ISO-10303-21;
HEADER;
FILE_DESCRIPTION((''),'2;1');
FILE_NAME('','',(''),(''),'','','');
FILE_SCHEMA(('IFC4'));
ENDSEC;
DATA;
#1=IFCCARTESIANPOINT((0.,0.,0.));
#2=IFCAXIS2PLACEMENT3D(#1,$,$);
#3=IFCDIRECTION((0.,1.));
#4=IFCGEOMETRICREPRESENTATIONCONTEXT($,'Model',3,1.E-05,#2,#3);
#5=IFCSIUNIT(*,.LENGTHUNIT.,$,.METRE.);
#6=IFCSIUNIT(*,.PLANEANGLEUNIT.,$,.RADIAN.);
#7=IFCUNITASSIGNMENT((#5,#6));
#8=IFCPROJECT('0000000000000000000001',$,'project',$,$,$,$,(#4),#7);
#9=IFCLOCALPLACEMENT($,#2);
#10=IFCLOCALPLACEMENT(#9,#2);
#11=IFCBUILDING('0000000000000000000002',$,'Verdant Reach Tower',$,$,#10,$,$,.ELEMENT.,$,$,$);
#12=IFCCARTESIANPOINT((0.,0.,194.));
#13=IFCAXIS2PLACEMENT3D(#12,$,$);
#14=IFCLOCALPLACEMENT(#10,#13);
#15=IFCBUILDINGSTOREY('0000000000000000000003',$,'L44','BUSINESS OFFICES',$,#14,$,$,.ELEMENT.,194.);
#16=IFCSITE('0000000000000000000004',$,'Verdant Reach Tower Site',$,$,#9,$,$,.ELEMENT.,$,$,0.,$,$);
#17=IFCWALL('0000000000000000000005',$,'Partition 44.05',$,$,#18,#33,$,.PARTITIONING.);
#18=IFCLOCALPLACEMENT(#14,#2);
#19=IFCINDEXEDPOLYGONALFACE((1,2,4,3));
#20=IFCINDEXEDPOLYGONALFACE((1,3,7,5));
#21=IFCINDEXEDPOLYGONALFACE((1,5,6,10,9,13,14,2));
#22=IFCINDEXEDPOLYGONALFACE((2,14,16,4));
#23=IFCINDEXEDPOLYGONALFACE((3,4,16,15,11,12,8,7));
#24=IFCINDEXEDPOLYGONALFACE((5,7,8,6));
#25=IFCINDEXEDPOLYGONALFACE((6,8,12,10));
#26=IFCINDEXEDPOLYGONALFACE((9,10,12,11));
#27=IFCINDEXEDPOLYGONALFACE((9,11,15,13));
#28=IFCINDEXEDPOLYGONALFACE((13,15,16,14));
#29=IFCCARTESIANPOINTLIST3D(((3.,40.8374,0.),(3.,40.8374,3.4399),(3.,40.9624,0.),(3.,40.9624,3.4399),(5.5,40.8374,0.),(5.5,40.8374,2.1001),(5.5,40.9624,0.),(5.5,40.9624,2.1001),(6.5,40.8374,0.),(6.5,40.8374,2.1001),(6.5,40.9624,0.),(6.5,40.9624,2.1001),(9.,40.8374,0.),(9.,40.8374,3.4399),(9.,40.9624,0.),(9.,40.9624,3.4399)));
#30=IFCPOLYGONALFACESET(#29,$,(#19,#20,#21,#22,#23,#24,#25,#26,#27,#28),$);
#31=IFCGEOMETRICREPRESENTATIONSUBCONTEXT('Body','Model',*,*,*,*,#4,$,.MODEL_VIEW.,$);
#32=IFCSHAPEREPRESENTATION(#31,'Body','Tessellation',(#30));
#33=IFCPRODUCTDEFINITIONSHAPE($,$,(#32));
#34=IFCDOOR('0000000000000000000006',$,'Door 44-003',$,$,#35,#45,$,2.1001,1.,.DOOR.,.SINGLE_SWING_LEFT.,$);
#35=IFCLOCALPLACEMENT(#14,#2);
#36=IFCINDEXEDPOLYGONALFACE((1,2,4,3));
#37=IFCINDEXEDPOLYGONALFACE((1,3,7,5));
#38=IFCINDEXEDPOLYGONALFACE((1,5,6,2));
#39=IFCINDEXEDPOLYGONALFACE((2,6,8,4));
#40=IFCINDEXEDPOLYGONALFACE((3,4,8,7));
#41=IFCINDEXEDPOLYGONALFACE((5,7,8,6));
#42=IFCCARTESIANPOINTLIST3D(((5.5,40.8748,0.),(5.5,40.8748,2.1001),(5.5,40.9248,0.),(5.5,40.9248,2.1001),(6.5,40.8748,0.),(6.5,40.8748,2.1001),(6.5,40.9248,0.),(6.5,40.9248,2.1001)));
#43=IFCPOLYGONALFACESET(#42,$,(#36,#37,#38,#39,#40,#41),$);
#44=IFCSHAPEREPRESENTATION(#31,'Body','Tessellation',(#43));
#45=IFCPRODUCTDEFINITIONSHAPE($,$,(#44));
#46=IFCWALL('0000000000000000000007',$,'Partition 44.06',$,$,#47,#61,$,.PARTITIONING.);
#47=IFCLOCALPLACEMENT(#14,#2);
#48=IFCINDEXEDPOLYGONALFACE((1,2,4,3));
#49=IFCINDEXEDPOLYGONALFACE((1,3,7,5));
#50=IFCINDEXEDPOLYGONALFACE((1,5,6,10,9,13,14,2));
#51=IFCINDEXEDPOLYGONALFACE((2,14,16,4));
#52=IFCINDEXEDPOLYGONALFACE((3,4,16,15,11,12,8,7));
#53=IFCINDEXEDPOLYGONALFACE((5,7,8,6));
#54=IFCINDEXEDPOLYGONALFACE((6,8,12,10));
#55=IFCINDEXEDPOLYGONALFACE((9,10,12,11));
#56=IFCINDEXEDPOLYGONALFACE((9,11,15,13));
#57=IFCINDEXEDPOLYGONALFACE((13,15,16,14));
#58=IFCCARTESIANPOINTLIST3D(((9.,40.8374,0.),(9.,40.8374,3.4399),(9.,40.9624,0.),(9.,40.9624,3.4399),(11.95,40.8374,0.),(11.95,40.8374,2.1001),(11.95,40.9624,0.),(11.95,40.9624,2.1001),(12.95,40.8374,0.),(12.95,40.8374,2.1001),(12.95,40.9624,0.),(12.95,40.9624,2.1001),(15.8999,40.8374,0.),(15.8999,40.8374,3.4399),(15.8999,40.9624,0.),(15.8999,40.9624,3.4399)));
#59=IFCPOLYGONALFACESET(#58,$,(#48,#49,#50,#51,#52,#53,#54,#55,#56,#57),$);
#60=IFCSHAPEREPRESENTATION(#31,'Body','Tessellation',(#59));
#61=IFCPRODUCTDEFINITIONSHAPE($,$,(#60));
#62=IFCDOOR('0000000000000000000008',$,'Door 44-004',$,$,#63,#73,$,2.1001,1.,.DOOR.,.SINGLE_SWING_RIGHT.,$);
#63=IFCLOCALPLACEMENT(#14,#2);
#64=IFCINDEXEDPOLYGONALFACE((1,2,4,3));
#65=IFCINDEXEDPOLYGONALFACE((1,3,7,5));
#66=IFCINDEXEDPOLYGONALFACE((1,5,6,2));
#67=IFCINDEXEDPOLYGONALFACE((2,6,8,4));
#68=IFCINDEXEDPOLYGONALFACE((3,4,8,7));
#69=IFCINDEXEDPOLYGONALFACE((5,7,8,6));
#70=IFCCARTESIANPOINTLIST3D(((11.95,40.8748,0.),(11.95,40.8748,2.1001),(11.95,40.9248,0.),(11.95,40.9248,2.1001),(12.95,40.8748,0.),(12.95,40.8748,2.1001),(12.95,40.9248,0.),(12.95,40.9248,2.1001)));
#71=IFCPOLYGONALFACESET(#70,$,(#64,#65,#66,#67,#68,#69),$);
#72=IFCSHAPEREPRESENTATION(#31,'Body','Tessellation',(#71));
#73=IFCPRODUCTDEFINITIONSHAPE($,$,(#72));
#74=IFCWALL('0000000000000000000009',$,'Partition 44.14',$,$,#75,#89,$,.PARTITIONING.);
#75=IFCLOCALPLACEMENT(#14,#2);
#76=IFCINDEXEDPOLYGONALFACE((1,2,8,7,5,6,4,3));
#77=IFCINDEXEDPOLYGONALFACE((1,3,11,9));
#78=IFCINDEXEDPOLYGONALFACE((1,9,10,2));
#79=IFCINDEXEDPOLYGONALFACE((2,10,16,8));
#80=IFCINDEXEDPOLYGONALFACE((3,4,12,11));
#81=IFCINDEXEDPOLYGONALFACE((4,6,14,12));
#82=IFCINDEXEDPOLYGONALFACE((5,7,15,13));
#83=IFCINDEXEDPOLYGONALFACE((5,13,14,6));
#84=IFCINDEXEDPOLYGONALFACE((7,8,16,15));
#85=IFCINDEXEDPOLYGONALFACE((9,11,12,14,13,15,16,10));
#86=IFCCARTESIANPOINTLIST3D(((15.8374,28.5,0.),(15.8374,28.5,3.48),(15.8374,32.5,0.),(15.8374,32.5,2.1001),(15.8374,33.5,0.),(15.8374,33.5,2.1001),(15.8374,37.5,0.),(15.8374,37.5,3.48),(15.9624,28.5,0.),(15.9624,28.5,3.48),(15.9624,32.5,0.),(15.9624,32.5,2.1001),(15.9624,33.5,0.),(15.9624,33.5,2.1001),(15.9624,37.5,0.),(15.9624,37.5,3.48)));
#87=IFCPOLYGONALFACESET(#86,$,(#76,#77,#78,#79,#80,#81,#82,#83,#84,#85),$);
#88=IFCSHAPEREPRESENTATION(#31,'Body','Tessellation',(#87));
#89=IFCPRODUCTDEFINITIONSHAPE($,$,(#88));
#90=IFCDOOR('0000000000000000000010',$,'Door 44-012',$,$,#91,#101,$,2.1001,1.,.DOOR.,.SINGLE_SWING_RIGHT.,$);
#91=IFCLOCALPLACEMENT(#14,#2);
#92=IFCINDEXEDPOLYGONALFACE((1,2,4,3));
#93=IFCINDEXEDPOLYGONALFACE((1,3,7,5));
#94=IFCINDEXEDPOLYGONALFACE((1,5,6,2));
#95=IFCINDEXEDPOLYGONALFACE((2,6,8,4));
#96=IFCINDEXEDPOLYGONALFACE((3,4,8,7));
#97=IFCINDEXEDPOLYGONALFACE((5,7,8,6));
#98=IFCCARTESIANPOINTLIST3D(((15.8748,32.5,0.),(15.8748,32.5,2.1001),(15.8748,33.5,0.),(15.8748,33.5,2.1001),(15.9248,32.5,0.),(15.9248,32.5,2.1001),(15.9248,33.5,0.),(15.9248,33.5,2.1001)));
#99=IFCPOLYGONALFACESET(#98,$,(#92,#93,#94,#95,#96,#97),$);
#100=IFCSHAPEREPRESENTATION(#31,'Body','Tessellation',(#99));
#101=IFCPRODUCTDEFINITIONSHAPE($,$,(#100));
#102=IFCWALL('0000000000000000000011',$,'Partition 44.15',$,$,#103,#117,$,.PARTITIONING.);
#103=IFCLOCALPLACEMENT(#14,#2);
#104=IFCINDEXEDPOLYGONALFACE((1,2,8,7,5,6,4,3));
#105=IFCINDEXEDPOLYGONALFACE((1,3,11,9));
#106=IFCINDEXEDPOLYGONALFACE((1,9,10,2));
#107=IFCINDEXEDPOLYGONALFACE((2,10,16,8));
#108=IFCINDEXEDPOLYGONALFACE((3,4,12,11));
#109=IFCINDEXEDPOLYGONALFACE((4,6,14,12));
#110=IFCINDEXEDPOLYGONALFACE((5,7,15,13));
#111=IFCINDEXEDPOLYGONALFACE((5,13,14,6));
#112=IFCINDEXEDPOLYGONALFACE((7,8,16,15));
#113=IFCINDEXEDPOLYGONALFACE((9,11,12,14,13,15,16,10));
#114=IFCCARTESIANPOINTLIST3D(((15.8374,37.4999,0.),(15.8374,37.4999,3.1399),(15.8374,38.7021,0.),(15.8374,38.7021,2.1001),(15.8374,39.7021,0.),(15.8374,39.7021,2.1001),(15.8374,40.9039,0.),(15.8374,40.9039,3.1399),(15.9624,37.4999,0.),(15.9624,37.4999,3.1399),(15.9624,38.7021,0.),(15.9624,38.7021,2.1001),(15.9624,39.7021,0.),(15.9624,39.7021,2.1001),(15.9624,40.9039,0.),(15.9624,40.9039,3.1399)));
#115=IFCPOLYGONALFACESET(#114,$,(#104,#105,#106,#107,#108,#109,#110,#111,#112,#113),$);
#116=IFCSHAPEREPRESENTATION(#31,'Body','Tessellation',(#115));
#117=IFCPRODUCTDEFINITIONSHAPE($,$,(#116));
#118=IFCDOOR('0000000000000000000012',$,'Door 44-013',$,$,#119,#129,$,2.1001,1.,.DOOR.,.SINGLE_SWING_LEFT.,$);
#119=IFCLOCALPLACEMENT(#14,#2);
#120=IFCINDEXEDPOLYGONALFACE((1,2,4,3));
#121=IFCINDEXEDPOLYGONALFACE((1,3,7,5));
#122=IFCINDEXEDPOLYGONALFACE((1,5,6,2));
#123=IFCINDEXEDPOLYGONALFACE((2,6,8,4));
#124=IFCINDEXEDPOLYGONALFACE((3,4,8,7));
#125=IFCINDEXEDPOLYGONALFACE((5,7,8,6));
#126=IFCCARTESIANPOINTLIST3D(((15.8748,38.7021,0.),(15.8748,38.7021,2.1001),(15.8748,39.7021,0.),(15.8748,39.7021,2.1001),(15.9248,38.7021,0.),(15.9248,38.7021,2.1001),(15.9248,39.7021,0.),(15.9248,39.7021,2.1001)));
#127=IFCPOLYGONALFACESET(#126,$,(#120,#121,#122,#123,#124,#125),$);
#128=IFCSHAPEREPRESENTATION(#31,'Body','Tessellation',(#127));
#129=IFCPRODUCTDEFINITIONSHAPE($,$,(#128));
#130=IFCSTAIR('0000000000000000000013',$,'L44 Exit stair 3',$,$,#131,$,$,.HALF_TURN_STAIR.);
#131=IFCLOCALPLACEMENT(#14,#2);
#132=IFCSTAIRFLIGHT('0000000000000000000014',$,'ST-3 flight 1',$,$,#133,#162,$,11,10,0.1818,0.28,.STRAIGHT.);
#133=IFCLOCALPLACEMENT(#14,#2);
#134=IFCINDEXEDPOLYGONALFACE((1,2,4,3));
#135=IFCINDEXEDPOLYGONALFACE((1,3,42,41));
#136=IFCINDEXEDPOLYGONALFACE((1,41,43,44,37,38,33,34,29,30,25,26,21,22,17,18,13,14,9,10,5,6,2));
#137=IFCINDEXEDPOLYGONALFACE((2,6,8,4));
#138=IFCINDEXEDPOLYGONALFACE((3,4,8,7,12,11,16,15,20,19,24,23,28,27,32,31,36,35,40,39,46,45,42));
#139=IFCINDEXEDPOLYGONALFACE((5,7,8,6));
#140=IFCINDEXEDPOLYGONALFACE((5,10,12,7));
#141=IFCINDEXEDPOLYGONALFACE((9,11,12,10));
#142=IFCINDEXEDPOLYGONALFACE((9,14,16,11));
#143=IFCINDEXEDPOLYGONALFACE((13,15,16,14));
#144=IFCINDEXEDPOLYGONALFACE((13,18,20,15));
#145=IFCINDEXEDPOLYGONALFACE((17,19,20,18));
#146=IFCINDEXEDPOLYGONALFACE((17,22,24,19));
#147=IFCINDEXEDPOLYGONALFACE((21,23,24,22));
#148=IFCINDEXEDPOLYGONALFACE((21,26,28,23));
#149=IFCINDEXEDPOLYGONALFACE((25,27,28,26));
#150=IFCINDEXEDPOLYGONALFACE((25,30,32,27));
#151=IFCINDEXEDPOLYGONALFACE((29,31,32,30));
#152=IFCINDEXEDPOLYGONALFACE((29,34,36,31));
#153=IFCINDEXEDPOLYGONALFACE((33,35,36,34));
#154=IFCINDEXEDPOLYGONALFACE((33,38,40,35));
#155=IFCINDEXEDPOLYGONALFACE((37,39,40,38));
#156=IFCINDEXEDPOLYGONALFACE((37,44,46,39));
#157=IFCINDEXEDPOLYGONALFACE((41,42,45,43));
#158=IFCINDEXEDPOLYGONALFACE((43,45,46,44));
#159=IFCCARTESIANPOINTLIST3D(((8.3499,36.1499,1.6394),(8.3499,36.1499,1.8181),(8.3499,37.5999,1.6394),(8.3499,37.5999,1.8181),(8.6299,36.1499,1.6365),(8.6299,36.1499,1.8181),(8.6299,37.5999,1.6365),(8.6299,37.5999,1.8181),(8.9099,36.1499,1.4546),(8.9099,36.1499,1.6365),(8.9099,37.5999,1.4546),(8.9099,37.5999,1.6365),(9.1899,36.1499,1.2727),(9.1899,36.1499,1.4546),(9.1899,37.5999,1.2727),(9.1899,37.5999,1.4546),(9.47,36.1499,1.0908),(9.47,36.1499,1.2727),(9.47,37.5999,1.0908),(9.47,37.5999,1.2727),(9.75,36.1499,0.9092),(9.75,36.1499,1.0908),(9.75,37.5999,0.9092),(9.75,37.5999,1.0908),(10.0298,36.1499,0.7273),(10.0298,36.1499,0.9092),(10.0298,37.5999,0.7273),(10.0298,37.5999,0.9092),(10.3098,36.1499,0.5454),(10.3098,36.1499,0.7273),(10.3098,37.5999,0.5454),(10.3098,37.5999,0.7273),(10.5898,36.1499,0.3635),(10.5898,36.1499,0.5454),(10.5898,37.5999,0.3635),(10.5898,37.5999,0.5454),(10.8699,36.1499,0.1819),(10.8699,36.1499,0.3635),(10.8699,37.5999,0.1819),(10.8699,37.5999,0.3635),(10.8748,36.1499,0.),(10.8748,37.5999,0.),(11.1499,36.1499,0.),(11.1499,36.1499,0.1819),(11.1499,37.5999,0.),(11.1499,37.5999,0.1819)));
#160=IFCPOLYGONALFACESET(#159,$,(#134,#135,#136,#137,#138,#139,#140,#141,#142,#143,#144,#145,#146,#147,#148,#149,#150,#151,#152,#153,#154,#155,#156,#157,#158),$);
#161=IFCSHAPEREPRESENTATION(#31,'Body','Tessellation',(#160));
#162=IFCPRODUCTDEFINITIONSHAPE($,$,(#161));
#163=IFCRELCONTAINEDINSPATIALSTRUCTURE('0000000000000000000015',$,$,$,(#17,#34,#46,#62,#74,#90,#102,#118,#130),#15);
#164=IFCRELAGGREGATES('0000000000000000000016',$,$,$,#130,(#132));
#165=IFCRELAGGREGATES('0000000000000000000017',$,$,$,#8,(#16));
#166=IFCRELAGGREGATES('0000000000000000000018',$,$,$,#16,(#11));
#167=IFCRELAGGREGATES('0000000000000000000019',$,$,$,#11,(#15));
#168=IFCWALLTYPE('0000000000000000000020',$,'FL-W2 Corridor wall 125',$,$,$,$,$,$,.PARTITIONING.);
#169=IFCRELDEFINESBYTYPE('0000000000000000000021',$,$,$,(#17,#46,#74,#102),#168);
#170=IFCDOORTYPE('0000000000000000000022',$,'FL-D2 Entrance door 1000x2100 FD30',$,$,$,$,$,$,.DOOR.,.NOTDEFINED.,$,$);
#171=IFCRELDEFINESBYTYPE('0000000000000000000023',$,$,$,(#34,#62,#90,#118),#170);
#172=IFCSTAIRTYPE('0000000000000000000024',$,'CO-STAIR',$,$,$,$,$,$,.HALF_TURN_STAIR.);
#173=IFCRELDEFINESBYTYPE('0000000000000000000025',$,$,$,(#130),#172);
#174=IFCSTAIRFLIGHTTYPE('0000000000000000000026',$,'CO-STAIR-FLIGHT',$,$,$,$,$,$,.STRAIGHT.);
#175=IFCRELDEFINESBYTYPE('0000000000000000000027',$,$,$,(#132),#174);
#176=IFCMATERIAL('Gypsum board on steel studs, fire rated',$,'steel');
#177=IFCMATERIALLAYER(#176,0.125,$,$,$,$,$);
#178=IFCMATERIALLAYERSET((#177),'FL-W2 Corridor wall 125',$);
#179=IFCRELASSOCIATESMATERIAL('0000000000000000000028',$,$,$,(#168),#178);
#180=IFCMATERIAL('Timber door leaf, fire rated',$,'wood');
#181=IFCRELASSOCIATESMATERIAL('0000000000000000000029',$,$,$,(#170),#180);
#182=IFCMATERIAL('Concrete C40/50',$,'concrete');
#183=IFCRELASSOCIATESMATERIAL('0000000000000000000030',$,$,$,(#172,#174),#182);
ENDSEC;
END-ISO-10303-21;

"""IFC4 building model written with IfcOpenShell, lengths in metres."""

from ifc_helpers import new_model, si_unit, direction, frame, frame_2d, origin, place, context, subcontext, project, spatial, polyline, rectangle, outline, extrude, material, layer, layer_set, type_object, element, fill, aggregate, save


model = new_model("IFC4")

# Units and contexts
model_context = context("Model", 3, precision=1e-05, world=origin(), true_north=direction((0.0, 1.0)))
body_context = subcontext(model_context, "Body", "Model", "MODEL_VIEW")
ifc_project = project(units=[si_unit("LENGTHUNIT", "METRE"), si_unit("PLANEANGLEUNIT", "RADIAN")], contexts=[model_context])

# Site, building, storey
site_placement = place(None, origin())
site = spatial("IfcSite", under=ifc_project, at=site_placement, Name="Verdant Reach Tower Site", CompositionType="ELEMENT", RefElevation=0.0)
building_placement = place(site_placement, origin())
building = spatial("IfcBuilding", under=site, at=building_placement, Name="Verdant Reach Tower", CompositionType="ELEMENT")
storey_placement = place(building_placement, frame((0.0, 0.0, 194.0)))
storey = spatial("IfcBuildingStorey", under=building, at=storey_placement, Name="L44", Description="BUSINESS OFFICES", CompositionType="ELEMENT", Elevation=194.0)

# Walls, openings, doors
ifc_material_1 = material(Name="Gypsum board on steel studs, fire rated", Category="steel")
ifc_layer_1 = layer(ifc_material_1, 0.125)
ifc_layer_set_1 = layer_set([ifc_layer_1], Name="FL-W2 Corridor wall 125")
wall_type_1 = type_object("IfcWallType", Name="FL-W2 Corridor wall 125", PredefinedType="PARTITIONING", material=ifc_layer_set_1)
wall_1_placement = place(storey_placement, frame((3.0, 40.8999, 0.0), z_axis=(0.0, 0.0, 1.0), x_axis=(1.0, 0.0, 0.0)))
wall_1 = element("IfcWall", 1, at=wall_1_placement, inside=storey, type_object=wall_type_1, Name="Partition 44.05", PredefinedType="PARTITIONING", context=body_context, shape_type="SweptSolid", body=[
    extrude(rectangle(XDim=6.0, YDim=0.125, at=frame_2d((3.0, 0.0))), origin(), (0.0, 0.0, 1.0), 3.4399),
])
opening_1_placement = place(wall_1_placement, frame((2.5, 0.0, 0.0)))
opening_1 = element("IfcOpeningElement", 2, at=opening_1_placement, cuts=wall_1, PredefinedType="OPENING", context=body_context, shape_type="SweptSolid", body=[
    extrude(rectangle(XDim=1.0, YDim=2.1001, at=frame_2d((0.5, 1.05))), frame((0.0, 0.0725, 0.0), z_axis=(0.0, -1.0, 0.0), x_axis=(1.0, 0.0, 0.0)), (0.0, 0.0, 1.0), 0.145),
])
ifc_material_2 = material(Name="Timber door leaf, fire rated", Category="wood")
door_type = type_object("IfcDoorType", Name="FL-D2 Entrance door 1000x2100 FD30", OperationType="NOTDEFINED", PredefinedType="DOOR", material=ifc_material_2)
door_1_placement = place(opening_1_placement, origin())
door_1 = element("IfcDoor", 3, at=door_1_placement, inside=storey, type_object=door_type, Name="Door 44-003", OperationType="SINGLE_SWING_LEFT", OverallHeight=2.1001, OverallWidth=1.0, PredefinedType="DOOR", context=body_context, shape_type="SweptSolid", body=[
    extrude(rectangle(XDim=1.0, YDim=2.1001, at=frame_2d((0.5, 1.05))), frame((0.0, 0.0249, 0.0), z_axis=(0.0, -1.0, 0.0), x_axis=(1.0, 0.0, 0.0)), (0.0, 0.0, 1.0), 0.05),
])
fill(opening_1, door_1)
wall_2_placement = place(storey_placement, frame((9.0, 40.8999, 0.0), z_axis=(0.0, 0.0, 1.0), x_axis=(1.0, 0.0, 0.0)))
wall_2 = element("IfcWall", 4, at=wall_2_placement, inside=storey, type_object=wall_type_1, Name="Partition 44.06", PredefinedType="PARTITIONING", context=body_context, shape_type="SweptSolid", body=[
    extrude(rectangle(XDim=6.8999, YDim=0.125, at=frame_2d((3.45, 0.0))), origin(), (0.0, 0.0, 1.0), 3.4399),
])
opening_2_placement = place(wall_2_placement, frame((2.95, 0.0, 0.0)))
opening_2 = element("IfcOpeningElement", 5, at=opening_2_placement, cuts=wall_2, PredefinedType="OPENING", context=body_context, shape_type="SweptSolid", body=[
    extrude(rectangle(XDim=1.0, YDim=2.1001, at=frame_2d((0.5, 1.05))), frame((0.0, 0.0725, 0.0), z_axis=(0.0, -1.0, 0.0), x_axis=(1.0, 0.0, 0.0)), (0.0, 0.0, 1.0), 0.145),
])
door_2_placement = place(opening_2_placement, origin())
door_2 = element("IfcDoor", 6, at=door_2_placement, inside=storey, type_object=door_type, Name="Door 44-004", OperationType="SINGLE_SWING_RIGHT", OverallHeight=2.1001, OverallWidth=1.0, PredefinedType="DOOR", context=body_context, shape_type="SweptSolid", body=[
    extrude(rectangle(XDim=1.0, YDim=2.1001, at=frame_2d((0.5, 1.05))), frame((0.0, 0.0249, 0.0), z_axis=(0.0, -1.0, 0.0), x_axis=(1.0, 0.0, 0.0)), (0.0, 0.0, 1.0), 0.05),
])
fill(opening_2, door_2)
wall_3_placement = place(storey_placement, frame((15.8999, 37.5, 0.0), z_axis=(0.0, 0.0, 1.0), x_axis=(0.0, -1.0, 0.0)))
wall_3 = element("IfcWall", 7, at=wall_3_placement, inside=storey, type_object=wall_type_1, Name="Partition 44.14", PredefinedType="PARTITIONING", context=body_context, shape_type="SweptSolid", body=[
    extrude(rectangle(XDim=9.0, YDim=0.125, at=frame_2d((4.5, 0.0))), origin(), (0.0, 0.0, 1.0), 3.48),
])
opening_3_placement = place(wall_3_placement, frame((4.0, 0.0, 0.0)))
opening_3 = element("IfcOpeningElement", 8, at=opening_3_placement, cuts=wall_3, PredefinedType="OPENING", context=body_context, shape_type="SweptSolid", body=[
    extrude(rectangle(XDim=1.0, YDim=2.1001, at=frame_2d((0.5, 1.05))), frame((0.0, 0.0725, 0.0), z_axis=(0.0, -1.0, 0.0), x_axis=(1.0, 0.0, 0.0)), (0.0, 0.0, 1.0), 0.145),
])
door_3_placement = place(opening_3_placement, origin())
door_3 = element("IfcDoor", 9, at=door_3_placement, inside=storey, type_object=door_type, Name="Door 44-012", OperationType="SINGLE_SWING_RIGHT", OverallHeight=2.1001, OverallWidth=1.0, PredefinedType="DOOR", context=body_context, shape_type="SweptSolid", body=[
    extrude(rectangle(XDim=1.0, YDim=2.1001, at=frame_2d((0.5, 1.05))), frame((0.0, 0.0249, 0.0), z_axis=(0.0, -1.0, 0.0), x_axis=(1.0, 0.0, 0.0)), (0.0, 0.0, 1.0), 0.05),
])
fill(opening_3, door_3)
wall_4_placement = place(storey_placement, frame((15.8999, 40.9041, 0.0), z_axis=(0.0, 0.0, 1.0), x_axis=(0.0, -1.0, 0.0)))
wall_4 = element("IfcWall", 10, at=wall_4_placement, inside=storey, type_object=wall_type_1, Name="Partition 44.15", PredefinedType="PARTITIONING", context=body_context, shape_type="SweptSolid", body=[
    extrude(rectangle(XDim=3.4041, YDim=0.125, at=frame_2d((1.7021, 0.0))), origin(), (0.0, 0.0, 1.0), 3.1399),
])
opening_4_placement = place(wall_4_placement, frame((1.2019, 0.0, 0.0)))
opening_4 = element("IfcOpeningElement", 11, at=opening_4_placement, cuts=wall_4, PredefinedType="OPENING", context=body_context, shape_type="SweptSolid", body=[
    extrude(rectangle(XDim=1.0, YDim=2.1001, at=frame_2d((0.5, 1.05))), frame((0.0, 0.0725, 0.0), z_axis=(0.0, -1.0, 0.0), x_axis=(1.0, 0.0, 0.0)), (0.0, 0.0, 1.0), 0.145),
])
door_4_placement = place(opening_4_placement, origin())
door_4 = element("IfcDoor", 12, at=door_4_placement, inside=storey, type_object=door_type, Name="Door 44-013", OperationType="SINGLE_SWING_LEFT", OverallHeight=2.1001, OverallWidth=1.0, PredefinedType="DOOR", context=body_context, shape_type="SweptSolid", body=[
    extrude(rectangle(XDim=1.0, YDim=2.1001, at=frame_2d((0.5, 1.05))), frame((0.0, 0.0249, 0.0), z_axis=(0.0, -1.0, 0.0), x_axis=(1.0, 0.0, 0.0)), (0.0, 0.0, 1.0), 0.05),
])
fill(opening_4, door_4)

# Stair, stair flight
ifc_material_3 = material(Name="Concrete C40/50", Category="concrete")
stair_type = type_object("IfcStairType", Name="CO-STAIR", PredefinedType="HALF_TURN_STAIR", material=ifc_material_3)
stair_placement = place(storey_placement, origin())
stair = element("IfcStair", 13, at=stair_placement, inside=storey, type_object=stair_type, Name="L44 Exit stair 3", PredefinedType="HALF_TURN_STAIR")
stair_flight_type = type_object("IfcStairFlightType", Name="CO-STAIR-FLIGHT", PredefinedType="STRAIGHT", material=ifc_material_3)
stair_flight_placement = place(storey_placement, frame((11.1499, 36.875, 0.0), z_axis=(0.0, 0.0, 1.0), x_axis=(-1.0, 0.0, 0.0)))
stair_flight = element("IfcStairFlight", 14, at=stair_flight_placement, type_object=stair_flight_type, Name="ST-3 flight 1", NumberOfRisers=11, NumberOfTreads=10, PredefinedType="STRAIGHT", RiserHeight=0.1818, TreadLength=0.28, context=body_context, shape_type="SweptSolid", body=[
    extrude(outline(polyline([(0.0, 0.0), (0.0, 0.1819), (0.28, 0.1819), (0.28, 0.3635), (0.5601, 0.3635), (0.5601, 0.5454), (0.8401, 0.5454), (0.8401, 0.7273), (1.1201, 0.7273), (1.1201, 0.9092), (1.3999, 0.9092), (1.3999, 1.0908), (1.6799, 1.0908), (1.6799, 1.2727), (1.96, 1.2727), (1.96, 1.4546), (2.24, 1.4546), (2.24, 1.6365), (2.52, 1.6365), (2.52, 1.8181), (2.8, 1.8181), (2.8, 2.0), (2.8, 1.6394), (0.2751, 0.0), (0.0, 0.0)])), frame((0.0, 0.7251, 0.0), z_axis=(0.0, -1.0, 0.0), x_axis=(1.0, 0.0, 0.0)), (0.0, 0.0, 1.0), 1.45),
])
aggregate(stair, [stair_flight])

save(model, "model.ifc")
